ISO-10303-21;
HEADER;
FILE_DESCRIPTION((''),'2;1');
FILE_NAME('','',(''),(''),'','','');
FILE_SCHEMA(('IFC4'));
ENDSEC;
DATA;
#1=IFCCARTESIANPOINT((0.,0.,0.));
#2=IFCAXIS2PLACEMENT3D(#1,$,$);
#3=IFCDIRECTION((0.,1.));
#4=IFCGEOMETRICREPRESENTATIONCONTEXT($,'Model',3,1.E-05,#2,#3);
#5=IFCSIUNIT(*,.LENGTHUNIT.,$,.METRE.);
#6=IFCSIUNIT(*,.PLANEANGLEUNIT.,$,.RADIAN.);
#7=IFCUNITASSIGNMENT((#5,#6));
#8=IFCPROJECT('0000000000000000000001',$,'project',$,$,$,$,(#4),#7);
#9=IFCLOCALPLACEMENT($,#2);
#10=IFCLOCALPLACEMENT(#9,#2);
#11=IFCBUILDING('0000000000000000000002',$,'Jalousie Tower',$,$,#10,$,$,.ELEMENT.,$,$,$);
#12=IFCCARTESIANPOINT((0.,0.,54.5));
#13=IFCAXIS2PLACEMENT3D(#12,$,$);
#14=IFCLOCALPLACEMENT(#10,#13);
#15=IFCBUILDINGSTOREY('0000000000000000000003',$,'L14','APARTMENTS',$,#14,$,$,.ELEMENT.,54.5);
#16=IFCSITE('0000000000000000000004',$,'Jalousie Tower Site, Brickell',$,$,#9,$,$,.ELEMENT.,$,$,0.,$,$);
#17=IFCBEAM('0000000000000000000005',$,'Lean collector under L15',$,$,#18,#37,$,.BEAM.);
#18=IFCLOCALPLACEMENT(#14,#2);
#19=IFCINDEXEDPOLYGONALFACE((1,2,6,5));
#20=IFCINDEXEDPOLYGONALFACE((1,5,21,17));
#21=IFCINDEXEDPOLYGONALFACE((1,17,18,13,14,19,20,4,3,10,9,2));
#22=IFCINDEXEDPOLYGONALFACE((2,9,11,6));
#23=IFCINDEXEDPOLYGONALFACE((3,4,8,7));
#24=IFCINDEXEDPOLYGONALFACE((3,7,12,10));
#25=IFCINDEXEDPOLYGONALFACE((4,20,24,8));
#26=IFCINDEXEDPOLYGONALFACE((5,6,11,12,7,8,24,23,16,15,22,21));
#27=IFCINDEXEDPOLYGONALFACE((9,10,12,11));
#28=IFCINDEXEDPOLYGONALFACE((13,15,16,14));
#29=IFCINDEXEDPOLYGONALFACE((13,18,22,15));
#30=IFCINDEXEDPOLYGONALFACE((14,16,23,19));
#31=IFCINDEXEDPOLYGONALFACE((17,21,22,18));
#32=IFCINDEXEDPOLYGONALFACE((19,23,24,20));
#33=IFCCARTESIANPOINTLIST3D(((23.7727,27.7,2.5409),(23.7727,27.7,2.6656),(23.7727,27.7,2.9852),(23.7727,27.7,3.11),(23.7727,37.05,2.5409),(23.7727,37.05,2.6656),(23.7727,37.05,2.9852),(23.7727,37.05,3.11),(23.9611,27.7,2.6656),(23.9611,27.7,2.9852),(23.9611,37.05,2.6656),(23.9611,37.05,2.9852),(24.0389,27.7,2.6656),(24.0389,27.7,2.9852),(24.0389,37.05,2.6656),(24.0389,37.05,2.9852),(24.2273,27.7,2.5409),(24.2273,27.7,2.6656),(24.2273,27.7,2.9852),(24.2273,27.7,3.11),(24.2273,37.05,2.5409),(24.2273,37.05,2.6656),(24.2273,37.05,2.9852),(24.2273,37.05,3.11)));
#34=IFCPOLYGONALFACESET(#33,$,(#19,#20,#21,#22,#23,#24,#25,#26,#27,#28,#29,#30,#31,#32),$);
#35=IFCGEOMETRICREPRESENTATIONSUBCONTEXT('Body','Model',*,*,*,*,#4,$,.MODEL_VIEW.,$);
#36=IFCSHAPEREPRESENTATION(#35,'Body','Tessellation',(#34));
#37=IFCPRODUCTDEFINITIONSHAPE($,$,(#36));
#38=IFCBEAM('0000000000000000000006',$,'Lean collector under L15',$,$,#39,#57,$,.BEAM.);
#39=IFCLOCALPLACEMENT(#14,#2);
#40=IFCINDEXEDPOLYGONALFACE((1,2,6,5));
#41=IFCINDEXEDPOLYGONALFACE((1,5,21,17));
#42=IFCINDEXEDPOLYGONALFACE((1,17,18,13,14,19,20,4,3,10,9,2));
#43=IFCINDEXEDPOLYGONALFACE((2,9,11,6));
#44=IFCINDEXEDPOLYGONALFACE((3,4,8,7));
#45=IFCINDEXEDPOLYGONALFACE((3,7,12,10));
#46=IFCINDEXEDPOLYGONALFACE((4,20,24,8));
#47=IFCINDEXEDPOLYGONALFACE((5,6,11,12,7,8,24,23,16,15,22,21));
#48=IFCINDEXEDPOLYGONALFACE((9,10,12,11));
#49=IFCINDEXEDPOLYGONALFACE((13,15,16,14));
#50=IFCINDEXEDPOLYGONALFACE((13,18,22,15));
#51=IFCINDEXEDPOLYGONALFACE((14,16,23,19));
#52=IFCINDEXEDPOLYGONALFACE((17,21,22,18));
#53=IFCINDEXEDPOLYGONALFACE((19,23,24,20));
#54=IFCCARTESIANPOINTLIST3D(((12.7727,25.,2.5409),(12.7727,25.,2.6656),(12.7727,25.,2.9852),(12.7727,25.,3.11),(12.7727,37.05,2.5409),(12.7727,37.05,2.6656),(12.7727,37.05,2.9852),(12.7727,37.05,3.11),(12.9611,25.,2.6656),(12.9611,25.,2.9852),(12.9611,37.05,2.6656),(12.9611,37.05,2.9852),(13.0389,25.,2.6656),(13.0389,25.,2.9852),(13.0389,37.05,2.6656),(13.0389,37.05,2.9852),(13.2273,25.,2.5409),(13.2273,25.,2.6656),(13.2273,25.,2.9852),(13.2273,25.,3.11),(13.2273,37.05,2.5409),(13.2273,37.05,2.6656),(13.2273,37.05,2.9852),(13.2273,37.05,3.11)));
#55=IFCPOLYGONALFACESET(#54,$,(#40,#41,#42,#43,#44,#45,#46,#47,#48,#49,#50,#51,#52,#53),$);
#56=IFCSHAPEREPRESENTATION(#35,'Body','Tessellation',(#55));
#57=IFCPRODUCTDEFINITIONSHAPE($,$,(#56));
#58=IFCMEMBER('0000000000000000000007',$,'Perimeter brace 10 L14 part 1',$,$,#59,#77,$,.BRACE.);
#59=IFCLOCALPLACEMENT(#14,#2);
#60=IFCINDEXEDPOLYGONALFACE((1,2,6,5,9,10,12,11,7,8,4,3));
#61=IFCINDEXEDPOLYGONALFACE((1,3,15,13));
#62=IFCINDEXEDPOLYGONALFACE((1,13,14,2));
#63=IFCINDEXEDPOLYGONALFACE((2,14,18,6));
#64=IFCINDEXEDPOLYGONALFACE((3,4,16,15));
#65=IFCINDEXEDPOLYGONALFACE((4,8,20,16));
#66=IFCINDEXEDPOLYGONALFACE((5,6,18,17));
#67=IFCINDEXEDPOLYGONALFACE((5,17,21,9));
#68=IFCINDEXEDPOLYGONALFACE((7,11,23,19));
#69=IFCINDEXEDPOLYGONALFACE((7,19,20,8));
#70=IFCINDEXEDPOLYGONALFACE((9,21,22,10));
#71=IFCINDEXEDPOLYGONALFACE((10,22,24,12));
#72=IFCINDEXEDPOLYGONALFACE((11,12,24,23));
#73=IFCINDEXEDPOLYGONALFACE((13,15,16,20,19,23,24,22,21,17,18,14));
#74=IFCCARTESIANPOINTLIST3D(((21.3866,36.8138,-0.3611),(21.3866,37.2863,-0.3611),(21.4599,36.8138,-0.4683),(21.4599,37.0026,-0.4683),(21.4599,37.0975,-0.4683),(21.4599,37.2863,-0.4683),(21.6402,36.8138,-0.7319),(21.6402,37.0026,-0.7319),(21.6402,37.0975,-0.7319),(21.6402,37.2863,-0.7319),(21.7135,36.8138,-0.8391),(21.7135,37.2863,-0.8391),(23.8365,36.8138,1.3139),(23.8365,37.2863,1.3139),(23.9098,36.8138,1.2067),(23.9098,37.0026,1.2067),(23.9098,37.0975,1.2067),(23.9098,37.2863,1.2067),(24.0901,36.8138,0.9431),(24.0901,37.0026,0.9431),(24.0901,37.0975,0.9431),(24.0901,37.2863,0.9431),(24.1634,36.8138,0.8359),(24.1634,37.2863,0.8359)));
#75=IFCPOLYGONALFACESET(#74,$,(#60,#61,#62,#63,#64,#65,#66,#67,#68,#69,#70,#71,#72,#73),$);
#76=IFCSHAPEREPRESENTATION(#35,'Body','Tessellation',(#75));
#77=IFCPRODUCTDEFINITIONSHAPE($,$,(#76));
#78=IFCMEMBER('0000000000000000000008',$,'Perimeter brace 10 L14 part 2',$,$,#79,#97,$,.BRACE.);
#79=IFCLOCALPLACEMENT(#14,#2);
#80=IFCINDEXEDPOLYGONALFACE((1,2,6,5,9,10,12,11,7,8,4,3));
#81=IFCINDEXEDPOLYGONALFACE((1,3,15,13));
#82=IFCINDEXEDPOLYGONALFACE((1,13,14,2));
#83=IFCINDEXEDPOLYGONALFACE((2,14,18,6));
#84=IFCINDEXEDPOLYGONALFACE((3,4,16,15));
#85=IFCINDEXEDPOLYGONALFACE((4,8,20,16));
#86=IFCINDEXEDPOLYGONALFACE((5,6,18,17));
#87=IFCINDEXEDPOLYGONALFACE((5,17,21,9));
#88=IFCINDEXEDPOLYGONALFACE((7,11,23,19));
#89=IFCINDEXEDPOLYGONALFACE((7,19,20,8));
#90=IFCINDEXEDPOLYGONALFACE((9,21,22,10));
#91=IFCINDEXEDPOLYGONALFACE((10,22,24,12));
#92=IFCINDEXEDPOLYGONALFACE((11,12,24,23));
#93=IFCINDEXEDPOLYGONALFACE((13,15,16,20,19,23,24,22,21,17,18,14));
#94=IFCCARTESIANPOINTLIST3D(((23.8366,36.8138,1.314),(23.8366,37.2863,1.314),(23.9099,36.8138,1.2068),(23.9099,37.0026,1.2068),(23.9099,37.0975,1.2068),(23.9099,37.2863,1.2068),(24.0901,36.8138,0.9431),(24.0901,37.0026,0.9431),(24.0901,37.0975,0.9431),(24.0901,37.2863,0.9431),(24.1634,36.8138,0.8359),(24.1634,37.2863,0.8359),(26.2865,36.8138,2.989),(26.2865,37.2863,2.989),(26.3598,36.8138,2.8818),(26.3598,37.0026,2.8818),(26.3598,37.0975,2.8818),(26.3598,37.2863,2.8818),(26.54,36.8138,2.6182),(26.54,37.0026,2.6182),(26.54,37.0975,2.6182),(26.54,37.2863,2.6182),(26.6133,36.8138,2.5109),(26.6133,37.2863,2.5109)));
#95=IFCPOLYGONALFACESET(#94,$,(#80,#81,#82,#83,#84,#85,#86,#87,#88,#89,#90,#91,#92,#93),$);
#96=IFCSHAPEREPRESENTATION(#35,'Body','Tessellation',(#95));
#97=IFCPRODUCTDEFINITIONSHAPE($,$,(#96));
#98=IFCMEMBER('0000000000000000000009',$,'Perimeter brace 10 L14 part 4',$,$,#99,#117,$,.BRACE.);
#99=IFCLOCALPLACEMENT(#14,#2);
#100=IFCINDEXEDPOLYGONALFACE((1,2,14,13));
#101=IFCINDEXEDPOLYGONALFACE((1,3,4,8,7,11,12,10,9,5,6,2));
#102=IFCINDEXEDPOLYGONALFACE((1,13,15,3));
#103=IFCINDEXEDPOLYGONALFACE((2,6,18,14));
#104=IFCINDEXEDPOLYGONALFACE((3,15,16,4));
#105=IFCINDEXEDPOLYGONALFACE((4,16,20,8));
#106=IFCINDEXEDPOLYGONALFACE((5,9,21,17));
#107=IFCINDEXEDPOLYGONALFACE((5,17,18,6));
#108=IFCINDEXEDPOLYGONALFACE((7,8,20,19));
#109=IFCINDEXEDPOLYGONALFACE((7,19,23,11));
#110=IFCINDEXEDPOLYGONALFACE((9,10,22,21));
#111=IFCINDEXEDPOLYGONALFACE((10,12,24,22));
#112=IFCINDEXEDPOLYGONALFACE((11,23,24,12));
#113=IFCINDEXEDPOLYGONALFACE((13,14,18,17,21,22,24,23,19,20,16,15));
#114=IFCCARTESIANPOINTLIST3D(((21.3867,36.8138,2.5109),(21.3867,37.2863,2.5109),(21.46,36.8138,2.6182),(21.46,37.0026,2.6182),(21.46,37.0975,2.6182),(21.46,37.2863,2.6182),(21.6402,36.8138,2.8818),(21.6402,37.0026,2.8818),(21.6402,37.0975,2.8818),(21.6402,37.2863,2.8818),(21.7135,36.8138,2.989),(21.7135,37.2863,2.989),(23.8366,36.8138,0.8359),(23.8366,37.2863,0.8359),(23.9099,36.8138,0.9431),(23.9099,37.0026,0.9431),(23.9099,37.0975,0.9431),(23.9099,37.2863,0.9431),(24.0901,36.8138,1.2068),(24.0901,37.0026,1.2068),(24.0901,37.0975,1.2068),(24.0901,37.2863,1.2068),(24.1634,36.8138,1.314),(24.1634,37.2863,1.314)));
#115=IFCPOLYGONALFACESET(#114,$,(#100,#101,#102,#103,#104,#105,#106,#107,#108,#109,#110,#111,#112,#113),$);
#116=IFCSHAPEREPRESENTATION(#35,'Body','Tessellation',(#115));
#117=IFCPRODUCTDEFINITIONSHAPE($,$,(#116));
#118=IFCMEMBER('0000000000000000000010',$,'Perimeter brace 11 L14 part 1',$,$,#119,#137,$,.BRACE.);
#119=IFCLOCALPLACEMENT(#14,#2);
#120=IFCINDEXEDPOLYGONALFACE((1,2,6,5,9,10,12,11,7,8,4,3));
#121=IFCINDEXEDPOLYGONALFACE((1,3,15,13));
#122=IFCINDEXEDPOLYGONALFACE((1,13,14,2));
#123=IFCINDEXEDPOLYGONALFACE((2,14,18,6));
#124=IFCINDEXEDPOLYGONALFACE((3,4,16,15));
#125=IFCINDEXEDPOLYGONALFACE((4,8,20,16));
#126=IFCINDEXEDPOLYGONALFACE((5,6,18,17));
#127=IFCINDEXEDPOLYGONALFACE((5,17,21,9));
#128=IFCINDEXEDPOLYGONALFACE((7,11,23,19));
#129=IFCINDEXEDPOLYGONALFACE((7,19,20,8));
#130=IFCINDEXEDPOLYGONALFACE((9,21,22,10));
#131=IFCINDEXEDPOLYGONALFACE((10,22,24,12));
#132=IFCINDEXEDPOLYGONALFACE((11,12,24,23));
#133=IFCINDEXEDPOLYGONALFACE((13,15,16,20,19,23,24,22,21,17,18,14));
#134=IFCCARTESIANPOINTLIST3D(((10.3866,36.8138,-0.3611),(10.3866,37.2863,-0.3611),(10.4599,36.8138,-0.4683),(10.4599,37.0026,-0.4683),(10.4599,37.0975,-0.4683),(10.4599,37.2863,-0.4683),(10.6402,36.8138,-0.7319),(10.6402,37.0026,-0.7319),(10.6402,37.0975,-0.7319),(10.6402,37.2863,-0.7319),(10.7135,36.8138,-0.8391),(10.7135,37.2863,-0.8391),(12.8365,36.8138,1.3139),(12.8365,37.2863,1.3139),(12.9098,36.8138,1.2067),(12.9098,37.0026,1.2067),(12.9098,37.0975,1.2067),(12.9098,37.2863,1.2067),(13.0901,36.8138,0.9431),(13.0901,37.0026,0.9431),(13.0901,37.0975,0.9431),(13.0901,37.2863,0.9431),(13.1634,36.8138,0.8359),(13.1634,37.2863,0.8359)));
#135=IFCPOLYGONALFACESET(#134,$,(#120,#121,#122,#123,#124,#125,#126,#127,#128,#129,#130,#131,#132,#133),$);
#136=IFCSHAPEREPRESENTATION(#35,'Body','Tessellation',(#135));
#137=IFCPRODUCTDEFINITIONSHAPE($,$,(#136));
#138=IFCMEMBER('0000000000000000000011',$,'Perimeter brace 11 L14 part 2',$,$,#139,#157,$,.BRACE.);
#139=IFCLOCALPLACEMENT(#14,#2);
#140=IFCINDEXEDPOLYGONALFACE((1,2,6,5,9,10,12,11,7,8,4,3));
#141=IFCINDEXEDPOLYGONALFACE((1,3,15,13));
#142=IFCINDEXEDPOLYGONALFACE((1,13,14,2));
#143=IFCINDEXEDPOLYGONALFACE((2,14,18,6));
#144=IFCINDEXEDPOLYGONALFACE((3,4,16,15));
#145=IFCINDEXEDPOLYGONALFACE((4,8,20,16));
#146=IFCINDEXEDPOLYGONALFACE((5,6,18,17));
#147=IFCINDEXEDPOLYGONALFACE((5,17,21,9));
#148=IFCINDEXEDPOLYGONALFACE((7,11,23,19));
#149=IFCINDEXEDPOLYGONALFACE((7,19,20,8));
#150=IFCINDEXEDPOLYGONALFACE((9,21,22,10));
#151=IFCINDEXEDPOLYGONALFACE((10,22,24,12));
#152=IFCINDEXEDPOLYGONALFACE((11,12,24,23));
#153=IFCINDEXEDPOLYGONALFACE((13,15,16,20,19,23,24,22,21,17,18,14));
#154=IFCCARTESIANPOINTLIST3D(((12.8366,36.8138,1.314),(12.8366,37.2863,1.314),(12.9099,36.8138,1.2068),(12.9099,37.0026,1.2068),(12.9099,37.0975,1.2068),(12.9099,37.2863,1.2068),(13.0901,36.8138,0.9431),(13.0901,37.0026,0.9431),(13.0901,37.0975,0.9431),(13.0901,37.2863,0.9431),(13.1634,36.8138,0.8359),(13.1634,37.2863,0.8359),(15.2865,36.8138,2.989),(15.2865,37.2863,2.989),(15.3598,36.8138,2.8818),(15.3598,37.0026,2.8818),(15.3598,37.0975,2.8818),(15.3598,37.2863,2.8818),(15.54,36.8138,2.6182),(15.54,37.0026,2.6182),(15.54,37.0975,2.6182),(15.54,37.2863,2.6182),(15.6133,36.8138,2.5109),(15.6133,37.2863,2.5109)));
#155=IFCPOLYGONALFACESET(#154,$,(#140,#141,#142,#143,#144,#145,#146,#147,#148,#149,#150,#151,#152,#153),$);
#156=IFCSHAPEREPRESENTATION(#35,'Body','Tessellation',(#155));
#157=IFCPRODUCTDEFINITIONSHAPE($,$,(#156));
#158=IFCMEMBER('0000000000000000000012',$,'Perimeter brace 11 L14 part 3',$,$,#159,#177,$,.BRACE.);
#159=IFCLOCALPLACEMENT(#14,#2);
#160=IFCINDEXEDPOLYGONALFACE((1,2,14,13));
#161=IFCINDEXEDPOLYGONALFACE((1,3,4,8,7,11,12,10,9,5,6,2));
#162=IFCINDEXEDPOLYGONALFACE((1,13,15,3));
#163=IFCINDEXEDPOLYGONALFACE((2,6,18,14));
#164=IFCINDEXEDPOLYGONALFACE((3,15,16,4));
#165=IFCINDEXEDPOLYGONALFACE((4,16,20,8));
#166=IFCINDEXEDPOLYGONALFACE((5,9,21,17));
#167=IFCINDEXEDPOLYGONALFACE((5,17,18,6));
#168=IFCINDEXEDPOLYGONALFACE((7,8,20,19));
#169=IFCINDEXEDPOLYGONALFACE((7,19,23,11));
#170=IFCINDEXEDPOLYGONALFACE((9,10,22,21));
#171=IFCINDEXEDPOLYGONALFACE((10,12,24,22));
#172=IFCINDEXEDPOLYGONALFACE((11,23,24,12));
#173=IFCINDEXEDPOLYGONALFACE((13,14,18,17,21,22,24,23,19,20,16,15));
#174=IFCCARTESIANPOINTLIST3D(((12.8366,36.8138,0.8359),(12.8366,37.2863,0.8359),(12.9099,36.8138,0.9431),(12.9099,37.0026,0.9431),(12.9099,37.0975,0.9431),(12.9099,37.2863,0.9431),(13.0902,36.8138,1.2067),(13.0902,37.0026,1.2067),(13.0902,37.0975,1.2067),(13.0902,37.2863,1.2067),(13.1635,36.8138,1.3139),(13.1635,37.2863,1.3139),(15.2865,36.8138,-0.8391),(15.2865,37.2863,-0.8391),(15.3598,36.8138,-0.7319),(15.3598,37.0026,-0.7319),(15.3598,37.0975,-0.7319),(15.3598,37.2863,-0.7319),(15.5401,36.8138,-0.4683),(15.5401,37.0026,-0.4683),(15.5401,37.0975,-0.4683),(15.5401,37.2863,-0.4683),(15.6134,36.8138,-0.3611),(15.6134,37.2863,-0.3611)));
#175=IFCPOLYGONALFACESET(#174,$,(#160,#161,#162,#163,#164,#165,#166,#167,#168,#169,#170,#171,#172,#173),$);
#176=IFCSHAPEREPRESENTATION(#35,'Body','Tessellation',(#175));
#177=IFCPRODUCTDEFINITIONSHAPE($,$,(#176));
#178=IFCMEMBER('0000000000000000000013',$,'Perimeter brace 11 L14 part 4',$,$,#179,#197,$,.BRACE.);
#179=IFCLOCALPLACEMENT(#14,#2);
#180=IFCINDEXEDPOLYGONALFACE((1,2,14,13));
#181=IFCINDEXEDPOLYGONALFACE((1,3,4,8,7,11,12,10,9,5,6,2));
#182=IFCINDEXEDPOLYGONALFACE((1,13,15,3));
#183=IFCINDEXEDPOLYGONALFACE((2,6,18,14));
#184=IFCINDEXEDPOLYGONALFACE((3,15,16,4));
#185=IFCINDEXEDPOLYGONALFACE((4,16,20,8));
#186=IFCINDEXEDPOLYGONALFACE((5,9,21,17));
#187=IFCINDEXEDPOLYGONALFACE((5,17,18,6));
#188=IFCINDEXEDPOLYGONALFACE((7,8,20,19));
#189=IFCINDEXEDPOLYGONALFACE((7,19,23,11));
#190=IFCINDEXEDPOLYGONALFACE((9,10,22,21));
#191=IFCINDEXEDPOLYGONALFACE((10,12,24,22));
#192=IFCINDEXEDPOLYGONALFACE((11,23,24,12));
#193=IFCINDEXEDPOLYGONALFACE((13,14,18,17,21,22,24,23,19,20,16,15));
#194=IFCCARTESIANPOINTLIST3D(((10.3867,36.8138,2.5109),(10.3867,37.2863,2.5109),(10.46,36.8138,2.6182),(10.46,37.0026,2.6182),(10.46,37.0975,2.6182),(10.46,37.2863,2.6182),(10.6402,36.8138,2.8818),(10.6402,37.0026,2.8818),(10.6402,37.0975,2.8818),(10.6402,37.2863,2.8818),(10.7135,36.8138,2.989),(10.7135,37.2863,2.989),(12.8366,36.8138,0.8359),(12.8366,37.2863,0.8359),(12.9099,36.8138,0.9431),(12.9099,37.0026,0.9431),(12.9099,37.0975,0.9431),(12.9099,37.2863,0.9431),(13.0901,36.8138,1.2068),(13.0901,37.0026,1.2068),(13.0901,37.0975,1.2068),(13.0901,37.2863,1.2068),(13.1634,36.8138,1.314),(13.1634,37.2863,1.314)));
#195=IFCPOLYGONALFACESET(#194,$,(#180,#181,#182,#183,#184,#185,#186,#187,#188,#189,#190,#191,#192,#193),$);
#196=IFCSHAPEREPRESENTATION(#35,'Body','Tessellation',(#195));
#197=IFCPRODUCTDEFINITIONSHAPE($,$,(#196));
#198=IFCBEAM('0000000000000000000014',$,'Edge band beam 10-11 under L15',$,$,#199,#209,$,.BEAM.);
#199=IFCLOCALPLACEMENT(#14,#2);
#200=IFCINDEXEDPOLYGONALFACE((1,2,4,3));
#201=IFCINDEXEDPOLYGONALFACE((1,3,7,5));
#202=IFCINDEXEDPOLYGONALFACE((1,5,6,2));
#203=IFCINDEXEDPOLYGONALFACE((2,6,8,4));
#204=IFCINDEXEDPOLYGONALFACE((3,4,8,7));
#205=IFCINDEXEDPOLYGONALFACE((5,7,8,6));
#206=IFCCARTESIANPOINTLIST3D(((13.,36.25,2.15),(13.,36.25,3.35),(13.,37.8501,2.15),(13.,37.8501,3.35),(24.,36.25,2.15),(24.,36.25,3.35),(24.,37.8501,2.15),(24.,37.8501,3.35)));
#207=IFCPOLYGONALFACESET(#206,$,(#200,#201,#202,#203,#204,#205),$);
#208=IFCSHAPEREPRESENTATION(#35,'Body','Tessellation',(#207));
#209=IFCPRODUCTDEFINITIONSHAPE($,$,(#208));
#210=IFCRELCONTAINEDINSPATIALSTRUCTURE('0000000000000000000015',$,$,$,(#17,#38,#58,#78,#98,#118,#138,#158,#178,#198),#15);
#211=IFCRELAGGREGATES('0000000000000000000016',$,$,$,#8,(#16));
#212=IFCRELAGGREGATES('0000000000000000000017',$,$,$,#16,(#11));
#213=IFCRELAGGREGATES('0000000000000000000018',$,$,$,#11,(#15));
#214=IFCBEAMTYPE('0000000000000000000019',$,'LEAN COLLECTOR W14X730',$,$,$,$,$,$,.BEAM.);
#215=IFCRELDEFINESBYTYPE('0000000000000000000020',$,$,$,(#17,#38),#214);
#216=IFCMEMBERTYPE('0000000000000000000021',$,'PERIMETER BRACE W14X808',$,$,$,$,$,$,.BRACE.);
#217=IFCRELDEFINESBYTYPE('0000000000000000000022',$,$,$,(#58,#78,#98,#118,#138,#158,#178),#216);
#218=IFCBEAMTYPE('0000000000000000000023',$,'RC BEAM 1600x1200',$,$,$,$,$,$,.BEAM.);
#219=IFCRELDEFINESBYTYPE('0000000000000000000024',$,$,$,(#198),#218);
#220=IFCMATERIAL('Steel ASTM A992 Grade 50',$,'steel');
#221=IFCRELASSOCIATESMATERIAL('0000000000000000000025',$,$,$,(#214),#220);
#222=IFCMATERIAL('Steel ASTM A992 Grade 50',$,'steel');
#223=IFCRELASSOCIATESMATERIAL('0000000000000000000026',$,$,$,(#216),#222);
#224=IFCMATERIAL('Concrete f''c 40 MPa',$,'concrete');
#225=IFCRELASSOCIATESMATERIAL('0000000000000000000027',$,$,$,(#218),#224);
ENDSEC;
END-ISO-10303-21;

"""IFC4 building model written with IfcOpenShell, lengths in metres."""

from ifc_helpers import new_model, si_unit, direction, frame, origin, origin_2d, place, context, subcontext, project, spatial, rectangle, i_section, extrude, material, material_profile, profile_set, type_object, element, save


model = new_model("IFC4")

# Units and contexts
model_context = context("Model", 3, precision=1e-05, world=origin(), true_north=direction((0.0, 1.0)))
body_context = subcontext(model_context, "Body", "Model", "MODEL_VIEW")
ifc_project = project(units=[si_unit("LENGTHUNIT", "METRE"), si_unit("PLANEANGLEUNIT", "RADIAN")], contexts=[model_context])

# Site, building, storey
site_placement = place(None, origin())
site = spatial("IfcSite", under=ifc_project, at=site_placement, Name="Jalousie Tower Site, Brickell", CompositionType="ELEMENT", RefElevation=0.0)
building_placement = place(site_placement, origin())
building = spatial("IfcBuilding", under=site, at=building_placement, Name="Jalousie Tower", CompositionType="ELEMENT")
storey_placement = place(building_placement, frame((0.0, 0.0, 54.5)))
storey = spatial("IfcBuildingStorey", under=building, at=storey_placement, Name="L14", Description="APARTMENTS", CompositionType="ELEMENT", Elevation=54.5)

# Beams
ifc_material_1 = material(Name="Steel ASTM A992 Grade 50", Category="steel")
ifc_material_profile_1 = material_profile(ifc_material_1, i_section(OverallWidth=0.4546, OverallDepth=0.5691, WebThickness=0.0779, FlangeThickness=0.1248, at=origin_2d()), Name="W14X730")
ifc_profile_set_1 = profile_set([ifc_material_profile_1], Name="Steel ASTM A992 Grade 50")
beam_type_1 = type_object("IfcBeamType", Name="LEAN COLLECTOR W14X730", PredefinedType="BEAM", material=ifc_profile_set_1)
beam_1_placement = place(storey_placement, frame((24.0, 37.05, 2.8254), z_axis=(0.0, -1.0, 0.0), x_axis=(1.0, 0.0, 0.0)))
element("IfcBeam", 1, at=beam_1_placement, inside=storey, type_object=beam_type_1, Name="Lean collector under L15", PredefinedType="BEAM", context=body_context, shape_type="SweptSolid", body=[
    extrude(i_section(OverallWidth=0.4546, OverallDepth=0.5691, WebThickness=0.0779, FlangeThickness=0.1248, at=origin_2d()), origin(), (0.0, 0.0, 1.0), 9.3501),
])
beam_2_placement = place(storey_placement, frame((13.0, 37.05, 2.8254), z_axis=(0.0, -1.0, 0.0), x_axis=(1.0, 0.0, 0.0)))
element("IfcBeam", 2, at=beam_2_placement, inside=storey, type_object=beam_type_1, Name="Lean collector under L15", PredefinedType="BEAM", context=body_context, shape_type="SweptSolid", body=[
    extrude(i_section(OverallWidth=0.4546, OverallDepth=0.5691, WebThickness=0.0779, FlangeThickness=0.1248, at=origin_2d()), origin(), (0.0, 0.0, 1.0), 12.05),
])

# Members
ifc_material_2 = material(Name="Steel ASTM A992 Grade 50", Category="steel")
ifc_material_profile_2 = material_profile(ifc_material_2, i_section(OverallWidth=0.4724, OverallDepth=0.5791, WebThickness=0.095, FlangeThickness=0.1299, at=origin_2d()), Name="W14X808")
ifc_profile_set_2 = profile_set([ifc_material_profile_2], Name="Steel ASTM A992 Grade 50")
member_type_1 = type_object("IfcMemberType", Name="PERIMETER BRACE W14X808", PredefinedType="BRACE", material=ifc_profile_set_2)
for number, where, z_axis, x_axis, name in (
    (3, (21.55, 37.05, -0.6001), (0.825501, 0.0, 0.564401), (0.0, 1.0, 0.0), "Perimeter brace 10 L14 part 1"),
    (4, (24.0, 37.05, 1.075), (0.825501, 0.0, 0.564401), (0.0, 1.0, 0.0), "Perimeter brace 10 L14 part 2"),
    (5, (24.0, 37.05, 1.075), (-0.825501, 0.0, 0.564401), (0.0, -1.0, 0.0), "Perimeter brace 10 L14 part 4"),
    (6, (10.55, 37.05, -0.6001), (0.825501, 0.0, 0.564401), (0.0, 1.0, 0.0), "Perimeter brace 11 L14 part 1"),
    (7, (13.0, 37.05, 1.075), (0.825501, 0.0, 0.564401), (0.0, 1.0, 0.0), "Perimeter brace 11 L14 part 2"),
    (8, (15.45, 37.05, -0.6001), (-0.825501, 0.0, 0.564401), (0.0, -1.0, 0.0), "Perimeter brace 11 L14 part 3"),
    (9, (13.0, 37.05, 1.075), (-0.825501, 0.0, 0.564401), (0.0, -1.0, 0.0), "Perimeter brace 11 L14 part 4"),
):
    element("IfcMember", number, at=place(storey_placement, frame(where, z_axis=z_axis, x_axis=x_axis)), inside=storey, type_object=member_type_1, Name=name, PredefinedType="BRACE", context=body_context, shape_type="SweptSolid", body=[
        extrude(i_section(OverallWidth=0.4724, OverallDepth=0.5791, WebThickness=0.095, FlangeThickness=0.1299, at=origin_2d()), origin(), (0.0, 0.0, 1.0), 2.9678),
    ])

# Beam
ifc_material_3 = material(Name="Concrete f'c 40 MPa", Category="concrete")
ifc_material_profile_3 = material_profile(ifc_material_3, rectangle(XDim=1.6001, YDim=1.2, at=origin_2d()), Name="RC 1600x1200")
ifc_profile_set_3 = profile_set([ifc_material_profile_3], Name="Concrete f'c 40 MPa")
beam_type_2 = type_object("IfcBeamType", Name="RC BEAM 1600x1200", PredefinedType="BEAM", material=ifc_profile_set_3)
beam_3_placement = place(storey_placement, frame((24.0, 37.05, 2.75), z_axis=(-1.0, 0.0, 0.0), x_axis=(0.0, -1.0, 0.0)))
element("IfcBeam", 10, at=beam_3_placement, inside=storey, type_object=beam_type_2, Name="Edge band beam 10-11 under L15", PredefinedType="BEAM", context=body_context, shape_type="SweptSolid", body=[
    extrude(rectangle(XDim=1.6001, YDim=1.2, at=origin_2d()), origin(), (0.0, 0.0, 1.0), 11.0),
])

save(model, "model.ifc")
